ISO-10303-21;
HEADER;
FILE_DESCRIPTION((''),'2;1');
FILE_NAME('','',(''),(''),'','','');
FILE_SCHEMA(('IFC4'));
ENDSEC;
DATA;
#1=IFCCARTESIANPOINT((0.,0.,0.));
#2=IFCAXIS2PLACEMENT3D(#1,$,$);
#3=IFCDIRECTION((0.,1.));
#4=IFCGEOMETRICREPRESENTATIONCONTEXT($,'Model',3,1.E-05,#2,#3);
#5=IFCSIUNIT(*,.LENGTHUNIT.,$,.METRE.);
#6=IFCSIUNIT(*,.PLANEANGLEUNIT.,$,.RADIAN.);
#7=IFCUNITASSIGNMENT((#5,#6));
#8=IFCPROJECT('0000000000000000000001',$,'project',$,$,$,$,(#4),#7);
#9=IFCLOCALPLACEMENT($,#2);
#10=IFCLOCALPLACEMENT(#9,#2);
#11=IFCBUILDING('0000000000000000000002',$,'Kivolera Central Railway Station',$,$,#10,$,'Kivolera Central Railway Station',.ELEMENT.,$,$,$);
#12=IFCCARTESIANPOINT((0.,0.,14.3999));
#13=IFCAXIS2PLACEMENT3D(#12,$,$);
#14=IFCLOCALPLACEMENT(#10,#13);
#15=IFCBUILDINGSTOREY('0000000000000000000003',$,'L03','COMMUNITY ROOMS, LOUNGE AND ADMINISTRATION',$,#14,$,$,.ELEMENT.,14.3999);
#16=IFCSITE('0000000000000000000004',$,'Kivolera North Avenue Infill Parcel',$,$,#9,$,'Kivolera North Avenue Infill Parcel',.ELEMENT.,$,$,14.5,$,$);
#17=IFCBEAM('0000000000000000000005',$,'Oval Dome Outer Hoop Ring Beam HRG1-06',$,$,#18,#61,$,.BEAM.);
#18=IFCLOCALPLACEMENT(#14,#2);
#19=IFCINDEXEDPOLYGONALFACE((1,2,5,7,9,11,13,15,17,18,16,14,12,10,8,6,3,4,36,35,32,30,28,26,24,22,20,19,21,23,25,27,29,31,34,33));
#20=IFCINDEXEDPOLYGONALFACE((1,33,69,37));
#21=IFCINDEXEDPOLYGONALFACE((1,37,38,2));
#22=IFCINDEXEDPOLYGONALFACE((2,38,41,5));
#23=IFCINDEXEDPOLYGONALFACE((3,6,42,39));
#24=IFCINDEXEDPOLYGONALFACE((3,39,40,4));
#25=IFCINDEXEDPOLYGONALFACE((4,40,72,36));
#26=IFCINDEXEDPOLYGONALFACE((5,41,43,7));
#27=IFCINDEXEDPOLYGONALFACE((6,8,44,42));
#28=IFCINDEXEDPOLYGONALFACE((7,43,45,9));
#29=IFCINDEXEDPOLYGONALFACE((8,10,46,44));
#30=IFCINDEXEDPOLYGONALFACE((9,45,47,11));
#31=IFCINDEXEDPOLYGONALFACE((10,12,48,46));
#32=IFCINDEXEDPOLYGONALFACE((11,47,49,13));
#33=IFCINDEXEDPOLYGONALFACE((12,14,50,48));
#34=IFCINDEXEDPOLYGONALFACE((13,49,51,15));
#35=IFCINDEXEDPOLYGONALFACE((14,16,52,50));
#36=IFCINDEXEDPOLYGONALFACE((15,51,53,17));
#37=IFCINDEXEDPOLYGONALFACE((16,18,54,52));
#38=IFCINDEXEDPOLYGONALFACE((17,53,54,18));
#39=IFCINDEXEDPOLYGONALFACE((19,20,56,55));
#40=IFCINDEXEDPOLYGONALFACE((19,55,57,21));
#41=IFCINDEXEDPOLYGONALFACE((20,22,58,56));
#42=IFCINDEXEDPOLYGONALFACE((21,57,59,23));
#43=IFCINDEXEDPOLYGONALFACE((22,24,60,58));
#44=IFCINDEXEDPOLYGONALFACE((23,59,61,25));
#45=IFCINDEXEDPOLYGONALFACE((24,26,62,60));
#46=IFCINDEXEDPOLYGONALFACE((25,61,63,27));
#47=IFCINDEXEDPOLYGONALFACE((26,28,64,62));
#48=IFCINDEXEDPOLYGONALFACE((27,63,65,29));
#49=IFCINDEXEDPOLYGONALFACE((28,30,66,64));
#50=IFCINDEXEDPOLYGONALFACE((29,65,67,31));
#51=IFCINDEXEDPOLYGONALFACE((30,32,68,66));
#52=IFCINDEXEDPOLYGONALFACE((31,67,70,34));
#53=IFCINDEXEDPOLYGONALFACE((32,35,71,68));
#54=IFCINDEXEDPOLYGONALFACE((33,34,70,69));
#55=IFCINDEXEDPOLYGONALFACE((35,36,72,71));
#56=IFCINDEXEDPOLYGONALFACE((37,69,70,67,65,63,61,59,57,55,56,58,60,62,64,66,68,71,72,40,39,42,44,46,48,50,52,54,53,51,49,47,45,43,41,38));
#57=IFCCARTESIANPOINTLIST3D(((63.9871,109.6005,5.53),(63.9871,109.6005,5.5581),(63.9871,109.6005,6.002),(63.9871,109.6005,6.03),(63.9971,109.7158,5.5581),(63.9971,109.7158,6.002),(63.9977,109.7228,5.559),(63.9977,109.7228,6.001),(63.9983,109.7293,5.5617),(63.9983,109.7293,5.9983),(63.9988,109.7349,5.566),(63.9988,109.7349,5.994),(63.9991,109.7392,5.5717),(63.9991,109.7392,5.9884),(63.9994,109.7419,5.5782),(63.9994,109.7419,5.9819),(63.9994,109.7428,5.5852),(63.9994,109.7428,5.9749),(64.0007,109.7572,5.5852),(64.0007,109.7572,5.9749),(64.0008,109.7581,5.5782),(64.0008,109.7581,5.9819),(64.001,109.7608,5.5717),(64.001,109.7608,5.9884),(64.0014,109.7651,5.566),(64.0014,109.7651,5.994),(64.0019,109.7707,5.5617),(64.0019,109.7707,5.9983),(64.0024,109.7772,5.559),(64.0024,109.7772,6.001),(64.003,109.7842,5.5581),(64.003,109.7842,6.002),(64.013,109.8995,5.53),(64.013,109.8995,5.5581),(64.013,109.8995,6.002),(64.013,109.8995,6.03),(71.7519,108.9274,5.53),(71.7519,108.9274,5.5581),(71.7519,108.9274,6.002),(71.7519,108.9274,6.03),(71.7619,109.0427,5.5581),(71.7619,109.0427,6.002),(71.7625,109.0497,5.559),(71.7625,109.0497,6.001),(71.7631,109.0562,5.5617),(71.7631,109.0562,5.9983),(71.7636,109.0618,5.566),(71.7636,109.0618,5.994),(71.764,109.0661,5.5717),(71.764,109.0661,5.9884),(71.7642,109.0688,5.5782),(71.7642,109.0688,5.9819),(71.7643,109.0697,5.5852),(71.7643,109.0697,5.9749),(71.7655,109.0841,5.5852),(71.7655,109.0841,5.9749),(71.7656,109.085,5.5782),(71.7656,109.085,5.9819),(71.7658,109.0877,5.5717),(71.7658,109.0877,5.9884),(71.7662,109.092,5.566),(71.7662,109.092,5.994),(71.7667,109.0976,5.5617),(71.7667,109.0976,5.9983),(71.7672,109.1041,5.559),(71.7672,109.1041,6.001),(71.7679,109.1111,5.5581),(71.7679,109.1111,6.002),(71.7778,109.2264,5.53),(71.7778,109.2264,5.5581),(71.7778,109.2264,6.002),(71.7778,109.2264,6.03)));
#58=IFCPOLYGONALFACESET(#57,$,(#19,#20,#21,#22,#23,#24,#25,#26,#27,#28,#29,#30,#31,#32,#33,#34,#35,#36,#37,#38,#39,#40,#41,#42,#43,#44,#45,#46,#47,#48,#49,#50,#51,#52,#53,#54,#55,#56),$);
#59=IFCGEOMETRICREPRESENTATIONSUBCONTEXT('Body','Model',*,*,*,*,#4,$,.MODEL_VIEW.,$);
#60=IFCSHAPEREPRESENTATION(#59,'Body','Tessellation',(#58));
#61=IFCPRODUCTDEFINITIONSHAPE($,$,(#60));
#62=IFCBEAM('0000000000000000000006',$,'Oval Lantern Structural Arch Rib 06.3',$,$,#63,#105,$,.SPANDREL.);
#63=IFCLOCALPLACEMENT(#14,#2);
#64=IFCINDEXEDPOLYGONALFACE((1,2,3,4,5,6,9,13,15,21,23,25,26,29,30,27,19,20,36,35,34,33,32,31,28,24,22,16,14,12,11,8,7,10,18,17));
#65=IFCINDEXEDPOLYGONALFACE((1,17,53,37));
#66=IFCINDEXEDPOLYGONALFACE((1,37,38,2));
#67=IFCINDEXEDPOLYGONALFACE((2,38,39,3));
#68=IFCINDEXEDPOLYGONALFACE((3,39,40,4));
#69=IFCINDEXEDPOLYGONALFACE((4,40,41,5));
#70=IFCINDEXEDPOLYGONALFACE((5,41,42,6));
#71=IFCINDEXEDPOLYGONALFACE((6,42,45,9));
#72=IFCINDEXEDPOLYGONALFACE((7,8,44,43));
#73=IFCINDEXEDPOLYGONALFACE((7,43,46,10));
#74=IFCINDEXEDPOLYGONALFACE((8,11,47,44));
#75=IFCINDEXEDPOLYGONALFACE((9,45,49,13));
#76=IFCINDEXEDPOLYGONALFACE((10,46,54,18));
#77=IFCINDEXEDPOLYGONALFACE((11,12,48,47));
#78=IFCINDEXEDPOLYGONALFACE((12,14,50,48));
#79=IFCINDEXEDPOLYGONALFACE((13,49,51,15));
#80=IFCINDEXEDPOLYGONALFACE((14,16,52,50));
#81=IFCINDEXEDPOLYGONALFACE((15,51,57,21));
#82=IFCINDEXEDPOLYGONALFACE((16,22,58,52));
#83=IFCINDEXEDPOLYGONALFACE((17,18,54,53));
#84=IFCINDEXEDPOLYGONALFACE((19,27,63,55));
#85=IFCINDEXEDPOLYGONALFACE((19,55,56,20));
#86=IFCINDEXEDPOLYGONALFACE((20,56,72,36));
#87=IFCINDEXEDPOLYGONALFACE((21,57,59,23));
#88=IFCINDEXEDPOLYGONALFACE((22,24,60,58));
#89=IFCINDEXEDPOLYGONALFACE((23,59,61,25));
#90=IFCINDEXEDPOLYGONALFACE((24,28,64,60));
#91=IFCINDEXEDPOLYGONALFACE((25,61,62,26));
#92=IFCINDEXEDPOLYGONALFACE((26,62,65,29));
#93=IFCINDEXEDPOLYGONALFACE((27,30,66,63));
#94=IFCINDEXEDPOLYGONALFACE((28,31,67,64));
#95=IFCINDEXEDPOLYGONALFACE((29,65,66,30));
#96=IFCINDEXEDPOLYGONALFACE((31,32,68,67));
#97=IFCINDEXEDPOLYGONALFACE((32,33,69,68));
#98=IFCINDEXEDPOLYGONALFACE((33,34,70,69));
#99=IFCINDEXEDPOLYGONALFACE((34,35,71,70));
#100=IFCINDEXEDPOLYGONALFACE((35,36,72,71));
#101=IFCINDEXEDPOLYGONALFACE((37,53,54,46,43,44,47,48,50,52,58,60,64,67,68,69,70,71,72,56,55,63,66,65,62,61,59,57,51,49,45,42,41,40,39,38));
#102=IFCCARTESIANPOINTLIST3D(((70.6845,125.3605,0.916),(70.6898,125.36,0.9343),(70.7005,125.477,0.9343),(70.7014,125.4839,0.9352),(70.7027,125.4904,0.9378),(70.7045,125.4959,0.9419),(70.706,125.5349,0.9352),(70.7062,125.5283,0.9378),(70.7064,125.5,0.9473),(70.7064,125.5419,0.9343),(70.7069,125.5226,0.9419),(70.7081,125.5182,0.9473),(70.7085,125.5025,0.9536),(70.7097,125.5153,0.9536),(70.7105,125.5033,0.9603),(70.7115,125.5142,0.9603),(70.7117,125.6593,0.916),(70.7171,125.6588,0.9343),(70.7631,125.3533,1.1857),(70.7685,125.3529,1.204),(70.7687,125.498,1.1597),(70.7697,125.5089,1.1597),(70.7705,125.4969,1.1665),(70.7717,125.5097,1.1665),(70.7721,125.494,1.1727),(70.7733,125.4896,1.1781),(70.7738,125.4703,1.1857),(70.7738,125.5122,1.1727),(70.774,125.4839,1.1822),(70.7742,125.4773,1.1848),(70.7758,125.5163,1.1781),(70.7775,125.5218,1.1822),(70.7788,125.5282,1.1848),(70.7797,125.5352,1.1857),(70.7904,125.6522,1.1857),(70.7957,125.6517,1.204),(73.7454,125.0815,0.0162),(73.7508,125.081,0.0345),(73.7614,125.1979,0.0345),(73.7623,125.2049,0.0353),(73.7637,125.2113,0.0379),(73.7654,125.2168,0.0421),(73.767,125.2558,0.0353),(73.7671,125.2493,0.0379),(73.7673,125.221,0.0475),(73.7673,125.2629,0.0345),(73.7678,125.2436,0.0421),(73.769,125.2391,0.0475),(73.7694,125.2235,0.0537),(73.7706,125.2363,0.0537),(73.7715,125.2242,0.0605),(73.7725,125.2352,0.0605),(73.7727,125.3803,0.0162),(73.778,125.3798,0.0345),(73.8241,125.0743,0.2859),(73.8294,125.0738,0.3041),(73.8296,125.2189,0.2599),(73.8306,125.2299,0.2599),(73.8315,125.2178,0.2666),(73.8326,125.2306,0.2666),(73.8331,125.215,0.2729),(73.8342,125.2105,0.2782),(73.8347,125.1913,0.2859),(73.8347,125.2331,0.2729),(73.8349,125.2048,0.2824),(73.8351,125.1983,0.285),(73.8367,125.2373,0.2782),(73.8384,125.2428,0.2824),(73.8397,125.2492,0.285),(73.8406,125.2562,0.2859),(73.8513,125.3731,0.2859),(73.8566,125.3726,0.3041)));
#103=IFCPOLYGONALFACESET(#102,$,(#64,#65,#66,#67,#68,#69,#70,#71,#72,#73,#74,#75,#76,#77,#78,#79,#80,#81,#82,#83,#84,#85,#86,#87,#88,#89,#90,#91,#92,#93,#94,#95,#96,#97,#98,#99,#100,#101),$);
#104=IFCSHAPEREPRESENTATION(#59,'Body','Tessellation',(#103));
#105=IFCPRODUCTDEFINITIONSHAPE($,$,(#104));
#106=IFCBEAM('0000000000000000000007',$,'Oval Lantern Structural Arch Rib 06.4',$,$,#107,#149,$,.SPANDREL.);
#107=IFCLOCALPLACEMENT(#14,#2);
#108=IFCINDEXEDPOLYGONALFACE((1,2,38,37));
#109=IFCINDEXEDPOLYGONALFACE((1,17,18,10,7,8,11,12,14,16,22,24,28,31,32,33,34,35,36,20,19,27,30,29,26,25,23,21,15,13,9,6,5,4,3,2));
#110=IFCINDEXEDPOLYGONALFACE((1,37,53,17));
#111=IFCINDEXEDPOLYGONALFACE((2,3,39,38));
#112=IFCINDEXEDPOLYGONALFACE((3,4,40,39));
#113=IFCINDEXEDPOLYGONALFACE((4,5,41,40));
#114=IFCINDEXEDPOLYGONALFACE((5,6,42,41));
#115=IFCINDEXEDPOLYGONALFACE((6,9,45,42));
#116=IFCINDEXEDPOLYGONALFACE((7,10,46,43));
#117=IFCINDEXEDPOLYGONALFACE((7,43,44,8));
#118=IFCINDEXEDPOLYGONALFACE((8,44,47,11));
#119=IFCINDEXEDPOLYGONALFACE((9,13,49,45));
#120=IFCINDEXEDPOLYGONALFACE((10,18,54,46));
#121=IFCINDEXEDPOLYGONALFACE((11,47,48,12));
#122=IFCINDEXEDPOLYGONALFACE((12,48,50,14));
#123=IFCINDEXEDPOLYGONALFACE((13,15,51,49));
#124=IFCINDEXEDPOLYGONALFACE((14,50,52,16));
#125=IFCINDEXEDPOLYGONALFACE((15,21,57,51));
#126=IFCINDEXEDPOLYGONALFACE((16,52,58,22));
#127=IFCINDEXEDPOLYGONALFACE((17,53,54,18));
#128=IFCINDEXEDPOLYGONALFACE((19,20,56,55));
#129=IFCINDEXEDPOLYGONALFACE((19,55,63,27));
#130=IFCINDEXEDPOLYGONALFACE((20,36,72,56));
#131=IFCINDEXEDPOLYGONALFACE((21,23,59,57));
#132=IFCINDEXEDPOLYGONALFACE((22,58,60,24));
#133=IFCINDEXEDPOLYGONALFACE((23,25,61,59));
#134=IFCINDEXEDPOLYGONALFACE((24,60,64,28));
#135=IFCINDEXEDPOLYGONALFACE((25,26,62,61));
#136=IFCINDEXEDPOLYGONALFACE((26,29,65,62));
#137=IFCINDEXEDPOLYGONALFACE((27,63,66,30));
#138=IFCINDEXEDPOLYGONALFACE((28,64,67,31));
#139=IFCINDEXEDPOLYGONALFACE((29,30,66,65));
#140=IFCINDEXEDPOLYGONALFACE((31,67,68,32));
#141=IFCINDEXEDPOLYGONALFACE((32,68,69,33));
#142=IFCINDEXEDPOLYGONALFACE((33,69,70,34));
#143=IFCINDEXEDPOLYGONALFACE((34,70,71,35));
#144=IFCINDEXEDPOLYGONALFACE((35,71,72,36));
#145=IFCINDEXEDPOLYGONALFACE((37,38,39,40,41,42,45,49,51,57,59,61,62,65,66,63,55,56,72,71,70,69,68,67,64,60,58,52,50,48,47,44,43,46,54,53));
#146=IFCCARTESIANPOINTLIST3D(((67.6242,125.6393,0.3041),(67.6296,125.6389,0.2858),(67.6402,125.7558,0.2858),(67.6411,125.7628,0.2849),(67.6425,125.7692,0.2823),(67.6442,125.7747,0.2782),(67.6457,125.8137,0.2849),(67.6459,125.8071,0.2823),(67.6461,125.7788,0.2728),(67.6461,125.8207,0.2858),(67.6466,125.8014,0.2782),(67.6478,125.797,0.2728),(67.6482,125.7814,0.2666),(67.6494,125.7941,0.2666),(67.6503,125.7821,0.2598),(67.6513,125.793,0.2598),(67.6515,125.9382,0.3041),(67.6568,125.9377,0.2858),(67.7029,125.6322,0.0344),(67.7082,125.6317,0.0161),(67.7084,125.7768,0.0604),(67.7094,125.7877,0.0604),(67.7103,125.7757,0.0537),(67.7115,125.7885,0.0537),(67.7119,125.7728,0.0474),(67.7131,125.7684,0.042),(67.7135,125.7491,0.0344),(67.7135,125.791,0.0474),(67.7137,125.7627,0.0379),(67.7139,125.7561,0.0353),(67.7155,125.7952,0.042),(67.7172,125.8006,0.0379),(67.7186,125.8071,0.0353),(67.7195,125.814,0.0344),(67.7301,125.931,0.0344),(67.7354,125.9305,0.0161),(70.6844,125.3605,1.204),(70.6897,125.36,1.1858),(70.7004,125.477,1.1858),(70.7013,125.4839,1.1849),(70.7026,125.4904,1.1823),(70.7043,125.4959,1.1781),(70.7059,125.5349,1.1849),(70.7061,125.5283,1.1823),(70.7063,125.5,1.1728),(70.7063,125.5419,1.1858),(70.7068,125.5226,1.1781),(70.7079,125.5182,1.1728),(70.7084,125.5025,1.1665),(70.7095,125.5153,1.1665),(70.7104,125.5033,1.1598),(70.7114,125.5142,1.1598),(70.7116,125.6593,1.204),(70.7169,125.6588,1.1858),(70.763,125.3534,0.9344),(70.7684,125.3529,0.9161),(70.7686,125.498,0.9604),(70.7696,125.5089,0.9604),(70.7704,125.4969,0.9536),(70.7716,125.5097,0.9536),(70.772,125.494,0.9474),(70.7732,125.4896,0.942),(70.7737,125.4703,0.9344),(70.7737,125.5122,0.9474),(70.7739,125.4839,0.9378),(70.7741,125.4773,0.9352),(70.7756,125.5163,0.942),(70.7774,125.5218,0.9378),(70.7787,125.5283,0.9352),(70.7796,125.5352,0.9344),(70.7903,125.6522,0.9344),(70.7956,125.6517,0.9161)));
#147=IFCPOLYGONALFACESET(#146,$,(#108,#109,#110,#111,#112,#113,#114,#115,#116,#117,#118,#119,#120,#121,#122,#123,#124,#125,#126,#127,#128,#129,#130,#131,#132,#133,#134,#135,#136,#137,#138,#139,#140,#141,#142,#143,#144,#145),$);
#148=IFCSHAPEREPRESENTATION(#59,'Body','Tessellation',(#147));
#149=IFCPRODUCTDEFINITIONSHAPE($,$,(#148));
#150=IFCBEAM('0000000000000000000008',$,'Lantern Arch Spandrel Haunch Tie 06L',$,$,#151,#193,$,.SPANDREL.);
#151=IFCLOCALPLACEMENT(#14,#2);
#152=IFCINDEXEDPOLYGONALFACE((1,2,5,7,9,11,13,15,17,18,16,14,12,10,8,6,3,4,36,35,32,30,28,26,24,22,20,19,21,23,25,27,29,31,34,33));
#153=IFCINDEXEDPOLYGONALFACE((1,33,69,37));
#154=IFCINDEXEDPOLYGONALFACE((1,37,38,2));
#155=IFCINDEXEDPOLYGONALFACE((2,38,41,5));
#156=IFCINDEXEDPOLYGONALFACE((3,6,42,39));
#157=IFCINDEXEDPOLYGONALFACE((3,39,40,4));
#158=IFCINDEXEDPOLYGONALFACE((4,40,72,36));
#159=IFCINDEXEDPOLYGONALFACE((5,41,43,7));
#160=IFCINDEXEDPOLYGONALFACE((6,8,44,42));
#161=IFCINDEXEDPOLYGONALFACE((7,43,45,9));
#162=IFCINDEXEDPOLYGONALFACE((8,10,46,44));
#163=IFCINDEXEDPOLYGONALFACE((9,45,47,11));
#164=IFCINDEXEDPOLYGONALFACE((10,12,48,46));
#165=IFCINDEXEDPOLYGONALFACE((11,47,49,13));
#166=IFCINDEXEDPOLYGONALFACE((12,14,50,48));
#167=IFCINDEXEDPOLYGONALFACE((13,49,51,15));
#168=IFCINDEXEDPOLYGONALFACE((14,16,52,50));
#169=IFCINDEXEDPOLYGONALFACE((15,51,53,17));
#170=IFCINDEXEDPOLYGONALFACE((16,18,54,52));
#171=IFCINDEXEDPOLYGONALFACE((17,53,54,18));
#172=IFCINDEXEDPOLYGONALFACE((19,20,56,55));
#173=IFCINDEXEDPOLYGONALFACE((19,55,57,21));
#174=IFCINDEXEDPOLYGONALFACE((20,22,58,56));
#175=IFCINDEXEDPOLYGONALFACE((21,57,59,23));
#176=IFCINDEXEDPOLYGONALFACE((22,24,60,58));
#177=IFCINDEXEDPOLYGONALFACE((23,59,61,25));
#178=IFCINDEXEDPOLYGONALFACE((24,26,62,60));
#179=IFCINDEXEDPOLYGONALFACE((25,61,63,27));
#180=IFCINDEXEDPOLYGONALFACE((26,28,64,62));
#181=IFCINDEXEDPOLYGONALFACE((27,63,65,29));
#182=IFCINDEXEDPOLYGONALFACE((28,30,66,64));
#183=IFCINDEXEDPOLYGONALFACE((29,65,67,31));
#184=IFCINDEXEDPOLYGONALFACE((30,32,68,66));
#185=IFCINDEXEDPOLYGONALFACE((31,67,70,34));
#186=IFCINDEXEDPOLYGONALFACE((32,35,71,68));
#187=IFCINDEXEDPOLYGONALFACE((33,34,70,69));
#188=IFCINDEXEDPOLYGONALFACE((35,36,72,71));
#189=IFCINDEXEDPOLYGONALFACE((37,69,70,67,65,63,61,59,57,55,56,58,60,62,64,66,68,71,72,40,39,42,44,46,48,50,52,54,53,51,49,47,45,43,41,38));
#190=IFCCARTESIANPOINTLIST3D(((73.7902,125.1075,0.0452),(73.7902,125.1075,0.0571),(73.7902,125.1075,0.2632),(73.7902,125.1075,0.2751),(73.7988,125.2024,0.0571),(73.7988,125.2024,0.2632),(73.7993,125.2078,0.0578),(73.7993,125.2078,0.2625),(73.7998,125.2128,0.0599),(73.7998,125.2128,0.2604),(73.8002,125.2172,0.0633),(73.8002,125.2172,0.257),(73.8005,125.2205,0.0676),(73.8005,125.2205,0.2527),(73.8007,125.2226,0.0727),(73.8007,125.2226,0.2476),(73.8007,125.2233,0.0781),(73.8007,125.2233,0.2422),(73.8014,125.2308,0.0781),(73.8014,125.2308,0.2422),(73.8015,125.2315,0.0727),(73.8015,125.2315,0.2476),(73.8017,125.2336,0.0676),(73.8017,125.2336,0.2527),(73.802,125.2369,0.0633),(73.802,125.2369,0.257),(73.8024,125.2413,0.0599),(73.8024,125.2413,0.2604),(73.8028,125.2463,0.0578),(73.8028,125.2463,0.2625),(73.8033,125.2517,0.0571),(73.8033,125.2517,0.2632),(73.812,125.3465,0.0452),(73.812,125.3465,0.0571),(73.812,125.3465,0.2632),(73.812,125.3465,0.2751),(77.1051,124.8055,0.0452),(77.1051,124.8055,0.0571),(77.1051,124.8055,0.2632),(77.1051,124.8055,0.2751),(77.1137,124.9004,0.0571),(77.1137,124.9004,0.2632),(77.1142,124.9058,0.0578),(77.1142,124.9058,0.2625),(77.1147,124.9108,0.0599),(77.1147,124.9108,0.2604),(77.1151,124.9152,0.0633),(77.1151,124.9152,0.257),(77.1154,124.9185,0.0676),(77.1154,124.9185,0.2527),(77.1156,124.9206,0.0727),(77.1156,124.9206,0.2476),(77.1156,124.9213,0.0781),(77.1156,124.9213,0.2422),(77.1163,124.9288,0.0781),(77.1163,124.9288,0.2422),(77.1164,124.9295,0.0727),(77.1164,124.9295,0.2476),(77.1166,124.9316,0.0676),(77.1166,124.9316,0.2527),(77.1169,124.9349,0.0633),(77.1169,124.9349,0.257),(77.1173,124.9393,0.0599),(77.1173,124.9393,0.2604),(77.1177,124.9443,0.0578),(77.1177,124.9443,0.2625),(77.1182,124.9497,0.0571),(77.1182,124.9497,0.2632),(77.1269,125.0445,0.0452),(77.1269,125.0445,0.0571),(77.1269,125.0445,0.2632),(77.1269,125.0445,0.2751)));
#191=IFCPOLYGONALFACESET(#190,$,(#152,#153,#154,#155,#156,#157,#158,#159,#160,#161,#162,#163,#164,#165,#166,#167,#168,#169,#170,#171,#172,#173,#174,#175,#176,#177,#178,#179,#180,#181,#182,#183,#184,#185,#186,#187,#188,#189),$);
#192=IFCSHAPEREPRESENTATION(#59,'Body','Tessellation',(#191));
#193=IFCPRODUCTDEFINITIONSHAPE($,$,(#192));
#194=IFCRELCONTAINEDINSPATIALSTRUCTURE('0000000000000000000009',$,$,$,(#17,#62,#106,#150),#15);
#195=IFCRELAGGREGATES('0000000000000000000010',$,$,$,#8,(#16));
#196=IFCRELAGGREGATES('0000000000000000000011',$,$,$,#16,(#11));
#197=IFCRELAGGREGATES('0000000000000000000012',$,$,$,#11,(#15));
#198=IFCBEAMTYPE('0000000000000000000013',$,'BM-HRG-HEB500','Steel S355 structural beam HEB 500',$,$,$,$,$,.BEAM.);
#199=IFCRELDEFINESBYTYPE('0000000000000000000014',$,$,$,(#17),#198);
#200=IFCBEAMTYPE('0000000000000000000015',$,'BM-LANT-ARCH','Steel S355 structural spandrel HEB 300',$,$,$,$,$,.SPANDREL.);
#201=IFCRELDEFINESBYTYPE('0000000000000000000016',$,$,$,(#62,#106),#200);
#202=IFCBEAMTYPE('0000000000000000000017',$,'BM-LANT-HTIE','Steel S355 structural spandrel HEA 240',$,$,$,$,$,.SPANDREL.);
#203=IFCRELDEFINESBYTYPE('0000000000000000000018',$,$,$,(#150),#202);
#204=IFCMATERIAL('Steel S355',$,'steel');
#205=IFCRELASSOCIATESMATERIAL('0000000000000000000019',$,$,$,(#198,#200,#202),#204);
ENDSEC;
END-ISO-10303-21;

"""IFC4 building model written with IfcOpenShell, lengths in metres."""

from ifc_helpers import new_model, si_unit, direction, frame, origin, origin_2d, place, context, subcontext, project, spatial, i_section, extrude, material, material_profile, profile_set, type_object, element, save


model = new_model("IFC4")

# Units and contexts
model_context = context("Model", 3, precision=1e-05, world=origin(), true_north=direction((0.0, 1.0)))
body_context = subcontext(model_context, "Body", "Model", "MODEL_VIEW")
ifc_project = project(units=[si_unit("LENGTHUNIT", "METRE"), si_unit("PLANEANGLEUNIT", "RADIAN")], contexts=[model_context])

# Site, building, storey
site_placement = place(None, origin())
site = spatial("IfcSite", under=ifc_project, at=site_placement, Name="Kivolera North Avenue Infill Parcel", LongName="Kivolera North Avenue Infill Parcel", CompositionType="ELEMENT", RefElevation=14.5)
building_placement = place(site_placement, origin())
building = spatial("IfcBuilding", under=site, at=building_placement, Name="Kivolera Central Railway Station", LongName="Kivolera Central Railway Station", CompositionType="ELEMENT")
storey_placement = place(building_placement, frame((0.0, 0.0, 14.3999)))
storey = spatial("IfcBuildingStorey", under=building, at=storey_placement, Name="L03", Description="COMMUNITY ROOMS, LOUNGE AND ADMINISTRATION", CompositionType="ELEMENT", Elevation=14.3999)

# Beams
ifc_material_1 = material(Name="Steel S355", Category="steel")
ifc_material_profile_1 = material_profile(ifc_material_1, i_section(OverallWidth=0.3, OverallDepth=0.5, WebThickness=0.0144, FlangeThickness=0.0281, FilletRadius=0.0271, at=origin_2d()), Name="HEB 500")
ifc_profile_set_1 = profile_set([ifc_material_profile_1], Name="Steel S355")
beam_type_1 = type_object("IfcBeamType", Name="BM-HRG-HEB500", Description="Steel S355 structural beam HEB 500", PredefinedType="BEAM", material=ifc_profile_set_1)
beam_1_placement = place(storey_placement, frame((71.7649, 109.0769, 5.78), z_axis=(-0.996264, 0.086361, 0.0), x_axis=(-0.086361, -0.996264, 0.0)))
element("IfcBeam", 1, at=beam_1_placement, inside=storey, type_object=beam_type_1, Name="Oval Dome Outer Hoop Ring Beam HRG1-06", PredefinedType="BEAM", context=body_context, shape_type="SweptSolid", body=[
    extrude(i_section(OverallWidth=0.3, OverallDepth=0.5, WebThickness=0.0144, FlangeThickness=0.0281, FilletRadius=0.0271, at=origin_2d()), origin(), (0.0, 0.0, 1.0), 7.7939),
])
ifc_material_profile_2 = material_profile(ifc_material_1, i_section(OverallWidth=0.3, OverallDepth=0.3, WebThickness=0.011, FlangeThickness=0.019, FilletRadius=0.0271, at=origin_2d()), Name="HEB 300")
ifc_profile_set_2 = profile_set([ifc_material_profile_2], Name="Steel S355")
beam_type_2 = type_object("IfcBeamType", Name="BM-LANT-ARCH", Description="Steel S355 structural spandrel HEB 300", PredefinedType="SPANDREL", material=ifc_profile_set_2)
beam_2_placement = place(storey_placement, frame((73.801, 125.2271, 0.1602), z_axis=(-0.955751, 0.087129, 0.280978), x_axis=(-0.090786, -0.99587, 0.0)))
element("IfcBeam", 2, at=beam_2_placement, inside=storey, type_object=beam_type_2, Name="Oval Lantern Structural Arch Rib 06.3", PredefinedType="SPANDREL", context=body_context, shape_type="SweptSolid", body=[
    extrude(i_section(OverallWidth=0.3, OverallDepth=0.3, WebThickness=0.011, FlangeThickness=0.019, FilletRadius=0.0271, at=origin_2d()), origin(), (0.0, 0.0, 1.0), 3.2026),
])
beam_3_placement = place(storey_placement, frame((70.74, 125.5061, 1.0601), z_axis=(-0.955731, 0.087079, -0.281061), x_axis=(-0.090736, -0.995875, 0.0)))
element("IfcBeam", 3, at=beam_3_placement, inside=storey, type_object=beam_type_2, Name="Oval Lantern Structural Arch Rib 06.4", PredefinedType="SPANDREL", context=body_context, shape_type="SweptSolid", body=[
    extrude(i_section(OverallWidth=0.3, OverallDepth=0.3, WebThickness=0.011, FlangeThickness=0.019, FilletRadius=0.0271, at=origin_2d()), origin(), (0.0, 0.0, 1.0), 3.2019),
])
ifc_material_profile_3 = material_profile(ifc_material_1, i_section(OverallWidth=0.24, OverallDepth=0.23, WebThickness=0.0076, FlangeThickness=0.012, FilletRadius=0.021, at=origin_2d()), Name="HEA 240")
ifc_profile_set_3 = profile_set([ifc_material_profile_3], Name="Steel S355")
beam_type_3 = type_object("IfcBeamType", Name="BM-LANT-HTIE", Description="Steel S355 structural spandrel HEA 240", PredefinedType="SPANDREL", material=ifc_profile_set_3)
beam_4_placement = place(storey_placement, frame((77.116, 124.925, 0.1602), z_axis=(-0.995876, 0.090728, 0.0), x_axis=(-0.090728, -0.995876, 0.0)))
element("IfcBeam", 4, at=beam_4_placement, inside=storey, type_object=beam_type_3, Name="Lantern Arch Spandrel Haunch Tie 06L", PredefinedType="SPANDREL", context=body_context, shape_type="SweptSolid", body=[
    extrude(i_section(OverallWidth=0.24, OverallDepth=0.23, WebThickness=0.0076, FlangeThickness=0.012, FilletRadius=0.021, at=origin_2d()), origin(), (0.0, 0.0, 1.0), 3.3286),
])

save(model, "model.ifc")
